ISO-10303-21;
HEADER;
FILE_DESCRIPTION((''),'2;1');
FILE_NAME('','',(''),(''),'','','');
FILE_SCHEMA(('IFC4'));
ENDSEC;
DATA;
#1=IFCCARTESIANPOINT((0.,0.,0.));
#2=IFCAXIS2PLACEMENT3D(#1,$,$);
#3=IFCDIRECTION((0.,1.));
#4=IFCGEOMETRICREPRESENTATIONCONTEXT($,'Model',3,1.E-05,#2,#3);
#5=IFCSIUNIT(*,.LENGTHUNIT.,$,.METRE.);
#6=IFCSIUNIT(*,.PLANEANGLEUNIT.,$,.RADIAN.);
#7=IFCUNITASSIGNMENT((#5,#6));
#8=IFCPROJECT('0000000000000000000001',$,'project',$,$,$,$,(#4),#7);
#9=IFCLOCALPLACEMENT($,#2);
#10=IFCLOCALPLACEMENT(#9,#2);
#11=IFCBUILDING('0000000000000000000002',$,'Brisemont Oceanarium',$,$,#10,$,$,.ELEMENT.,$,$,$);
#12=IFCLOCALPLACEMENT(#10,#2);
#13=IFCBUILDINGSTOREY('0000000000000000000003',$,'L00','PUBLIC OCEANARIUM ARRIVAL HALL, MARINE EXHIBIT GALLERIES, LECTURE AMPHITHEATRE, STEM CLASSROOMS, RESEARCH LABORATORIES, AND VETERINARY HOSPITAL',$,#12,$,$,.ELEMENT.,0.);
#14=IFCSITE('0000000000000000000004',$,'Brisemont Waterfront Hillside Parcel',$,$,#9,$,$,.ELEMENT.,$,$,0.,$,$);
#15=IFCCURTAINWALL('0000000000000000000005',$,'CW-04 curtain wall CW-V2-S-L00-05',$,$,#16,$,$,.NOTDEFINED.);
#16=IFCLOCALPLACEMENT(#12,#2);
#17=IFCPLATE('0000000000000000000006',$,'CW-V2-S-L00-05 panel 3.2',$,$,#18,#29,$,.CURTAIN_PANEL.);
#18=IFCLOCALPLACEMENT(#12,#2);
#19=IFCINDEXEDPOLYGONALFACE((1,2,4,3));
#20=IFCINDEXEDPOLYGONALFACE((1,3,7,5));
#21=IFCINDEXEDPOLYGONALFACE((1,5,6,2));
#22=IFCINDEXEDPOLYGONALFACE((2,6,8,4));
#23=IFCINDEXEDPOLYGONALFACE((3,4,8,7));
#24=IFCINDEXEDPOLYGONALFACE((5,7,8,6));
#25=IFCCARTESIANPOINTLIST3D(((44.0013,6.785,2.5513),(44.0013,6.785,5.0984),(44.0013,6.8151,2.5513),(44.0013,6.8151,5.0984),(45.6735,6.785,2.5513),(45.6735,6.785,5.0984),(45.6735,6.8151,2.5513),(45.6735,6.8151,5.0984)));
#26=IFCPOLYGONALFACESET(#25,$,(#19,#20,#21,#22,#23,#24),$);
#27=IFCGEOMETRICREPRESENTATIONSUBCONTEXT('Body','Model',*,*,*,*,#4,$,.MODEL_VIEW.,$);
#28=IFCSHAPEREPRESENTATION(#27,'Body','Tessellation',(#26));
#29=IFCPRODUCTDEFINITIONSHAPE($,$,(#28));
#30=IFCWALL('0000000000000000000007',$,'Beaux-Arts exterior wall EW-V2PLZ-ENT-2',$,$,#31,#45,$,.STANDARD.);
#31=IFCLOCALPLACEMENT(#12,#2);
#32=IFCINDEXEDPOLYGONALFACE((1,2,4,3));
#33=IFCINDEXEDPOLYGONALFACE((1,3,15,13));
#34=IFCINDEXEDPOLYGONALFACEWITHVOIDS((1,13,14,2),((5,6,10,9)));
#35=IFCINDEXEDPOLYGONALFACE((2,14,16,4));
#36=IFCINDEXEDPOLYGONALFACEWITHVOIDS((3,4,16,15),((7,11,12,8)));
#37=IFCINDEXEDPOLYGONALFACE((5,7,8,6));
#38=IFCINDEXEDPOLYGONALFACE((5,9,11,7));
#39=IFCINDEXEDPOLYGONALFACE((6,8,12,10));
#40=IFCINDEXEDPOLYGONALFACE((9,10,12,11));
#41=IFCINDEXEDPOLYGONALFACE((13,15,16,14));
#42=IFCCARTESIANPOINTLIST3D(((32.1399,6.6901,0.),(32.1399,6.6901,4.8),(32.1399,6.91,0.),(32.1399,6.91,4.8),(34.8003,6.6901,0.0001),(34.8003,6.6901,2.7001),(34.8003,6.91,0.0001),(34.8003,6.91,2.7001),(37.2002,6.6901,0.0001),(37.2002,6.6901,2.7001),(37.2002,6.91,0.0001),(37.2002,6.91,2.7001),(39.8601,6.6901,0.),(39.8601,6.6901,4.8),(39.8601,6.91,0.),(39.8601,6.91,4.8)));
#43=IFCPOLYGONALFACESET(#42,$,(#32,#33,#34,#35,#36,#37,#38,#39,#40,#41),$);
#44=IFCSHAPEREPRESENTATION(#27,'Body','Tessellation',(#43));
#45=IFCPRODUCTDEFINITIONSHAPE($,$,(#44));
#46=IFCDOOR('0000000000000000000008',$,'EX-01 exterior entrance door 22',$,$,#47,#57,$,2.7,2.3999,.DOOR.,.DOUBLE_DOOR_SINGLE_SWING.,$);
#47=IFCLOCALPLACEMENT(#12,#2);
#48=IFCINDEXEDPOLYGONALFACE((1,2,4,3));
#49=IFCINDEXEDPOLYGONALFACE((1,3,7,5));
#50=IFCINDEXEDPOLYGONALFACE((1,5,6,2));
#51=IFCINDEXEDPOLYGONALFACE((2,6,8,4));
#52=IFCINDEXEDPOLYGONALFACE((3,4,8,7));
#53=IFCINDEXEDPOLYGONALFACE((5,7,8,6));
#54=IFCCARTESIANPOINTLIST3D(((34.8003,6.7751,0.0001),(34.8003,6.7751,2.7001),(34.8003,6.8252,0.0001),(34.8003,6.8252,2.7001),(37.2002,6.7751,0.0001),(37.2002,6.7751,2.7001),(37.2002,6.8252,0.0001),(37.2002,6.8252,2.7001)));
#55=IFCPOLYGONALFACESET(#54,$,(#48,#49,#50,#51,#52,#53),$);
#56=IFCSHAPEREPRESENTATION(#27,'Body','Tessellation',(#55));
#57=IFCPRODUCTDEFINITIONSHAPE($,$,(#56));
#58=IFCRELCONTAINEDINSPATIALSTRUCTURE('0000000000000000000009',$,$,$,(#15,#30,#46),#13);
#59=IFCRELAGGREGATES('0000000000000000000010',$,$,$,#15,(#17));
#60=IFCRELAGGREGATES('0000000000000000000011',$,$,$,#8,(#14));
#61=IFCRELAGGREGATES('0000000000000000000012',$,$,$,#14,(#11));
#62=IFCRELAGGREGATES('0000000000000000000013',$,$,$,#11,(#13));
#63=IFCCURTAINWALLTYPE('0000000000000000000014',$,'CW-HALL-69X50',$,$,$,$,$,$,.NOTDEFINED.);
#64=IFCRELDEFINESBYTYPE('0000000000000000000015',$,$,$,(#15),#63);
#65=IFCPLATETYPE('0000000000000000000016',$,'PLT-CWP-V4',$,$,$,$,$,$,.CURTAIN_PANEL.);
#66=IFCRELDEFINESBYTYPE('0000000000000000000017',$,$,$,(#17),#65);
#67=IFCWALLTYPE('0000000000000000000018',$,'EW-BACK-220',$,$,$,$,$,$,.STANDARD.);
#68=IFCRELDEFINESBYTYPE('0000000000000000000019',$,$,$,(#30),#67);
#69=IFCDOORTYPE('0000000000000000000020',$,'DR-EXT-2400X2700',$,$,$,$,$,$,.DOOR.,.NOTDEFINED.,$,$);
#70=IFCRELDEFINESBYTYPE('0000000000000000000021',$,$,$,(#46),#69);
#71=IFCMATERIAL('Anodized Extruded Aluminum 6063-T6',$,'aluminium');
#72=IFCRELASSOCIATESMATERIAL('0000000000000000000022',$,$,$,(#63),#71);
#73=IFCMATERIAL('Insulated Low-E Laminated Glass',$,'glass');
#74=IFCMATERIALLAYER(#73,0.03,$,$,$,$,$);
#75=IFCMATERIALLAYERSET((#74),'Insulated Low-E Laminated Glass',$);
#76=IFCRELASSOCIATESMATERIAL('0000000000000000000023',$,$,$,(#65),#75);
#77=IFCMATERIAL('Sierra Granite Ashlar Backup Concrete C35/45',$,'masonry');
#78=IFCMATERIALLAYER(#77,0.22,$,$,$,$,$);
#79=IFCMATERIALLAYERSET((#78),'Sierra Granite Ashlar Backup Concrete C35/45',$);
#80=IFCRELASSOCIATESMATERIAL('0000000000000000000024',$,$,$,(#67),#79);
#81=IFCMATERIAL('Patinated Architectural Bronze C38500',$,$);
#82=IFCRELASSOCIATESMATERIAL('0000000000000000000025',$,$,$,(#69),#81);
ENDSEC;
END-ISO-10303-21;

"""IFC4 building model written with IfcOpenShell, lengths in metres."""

from ifc_helpers import new_model, si_unit, direction, frame, frame_2d, origin, origin_2d, place, context, subcontext, project, spatial, rectangle, extrude, material, layer, layer_set, type_object, element, fill, aggregate, save


model = new_model("IFC4")

# Units and contexts
model_context = context("Model", 3, precision=1e-05, world=origin(), true_north=direction((0.0, 1.0)))
body_context = subcontext(model_context, "Body", "Model", "MODEL_VIEW")
ifc_project = project(units=[si_unit("LENGTHUNIT", "METRE"), si_unit("PLANEANGLEUNIT", "RADIAN")], contexts=[model_context])

# Site, building, storey
site_placement = place(None, origin())
site = spatial("IfcSite", under=ifc_project, at=site_placement, Name="Brisemont Waterfront Hillside Parcel", CompositionType="ELEMENT", RefElevation=0.0)
building_placement = place(site_placement, origin())
building = spatial("IfcBuilding", under=site, at=building_placement, Name="Brisemont Oceanarium", CompositionType="ELEMENT")
storey_placement = place(building_placement, origin())
storey = spatial("IfcBuildingStorey", under=building, at=storey_placement, Name="L00", Description="PUBLIC OCEANARIUM ARRIVAL HALL, MARINE EXHIBIT GALLERIES, LECTURE AMPHITHEATRE, STEM CLASSROOMS, RESEARCH LABORATORIES, AND VETERINARY HOSPITAL", CompositionType="ELEMENT", Elevation=0.0)

# Curtain wall
ifc_material_1 = material(Name="Anodized Extruded Aluminum 6063-T6", Category="aluminium")
curtain_wall_type = type_object("IfcCurtainWallType", Name="CW-HALL-69X50", PredefinedType="NOTDEFINED", material=ifc_material_1)
curtain_wall_1_placement = place(storey_placement, origin())
curtain_wall_1 = element("IfcCurtainWall", 1, at=curtain_wall_1_placement, inside=storey, type_object=curtain_wall_type, Name="CW-04 curtain wall CW-V2-S-L00-05", PredefinedType="NOTDEFINED")

# Plate
ifc_material_2 = material(Name="Insulated Low-E Laminated Glass", Category="glass")
ifc_layer_1 = layer(ifc_material_2, 0.03)
ifc_layer_set_1 = layer_set([ifc_layer_1], Name="Insulated Low-E Laminated Glass")
plate_type = type_object("IfcPlateType", Name="PLT-CWP-V4", PredefinedType="CURTAIN_PANEL", material=ifc_layer_set_1)
plate_1_placement = place(storey_placement, frame((44.8374, 6.8, 2.5513), z_axis=(0.0, 0.0, 1.0), x_axis=(1.0, 0.0, 0.0)))
plate_1 = element("IfcPlate", 2, at=plate_1_placement, type_object=plate_type, Name="CW-V2-S-L00-05 panel 3.2", PredefinedType="CURTAIN_PANEL", context=body_context, shape_type="SweptSolid", body=[
    extrude(rectangle(XDim=1.6721, YDim=0.03, at=origin_2d()), origin(), (0.0, 0.0, 1.0), 2.5471),
])
aggregate(curtain_wall_1, [plate_1])

# Wall, opening, door
ifc_material_3 = material(Name="Sierra Granite Ashlar Backup Concrete C35/45", Category="masonry")
ifc_layer_2 = layer(ifc_material_3, 0.22)
ifc_layer_set_2 = layer_set([ifc_layer_2], Name="Sierra Granite Ashlar Backup Concrete C35/45")
wall_type = type_object("IfcWallType", Name="EW-BACK-220", PredefinedType="STANDARD", material=ifc_layer_set_2)
wall_placement = place(storey_placement, frame((39.8601, 6.8, 0.0), z_axis=(0.0, 0.0, 1.0), x_axis=(-1.0, 0.0, 0.0)))
wall = element("IfcWall", 3, at=wall_placement, inside=storey, type_object=wall_type, Name="Beaux-Arts exterior wall EW-V2PLZ-ENT-2", PredefinedType="STANDARD", context=body_context, shape_type="SweptSolid", body=[
    extrude(rectangle(XDim=7.7202, YDim=0.22, at=frame_2d((3.8601, 0.0))), origin(), (0.0, 0.0, 1.0), 4.8),
])
opening_placement = place(wall_placement, frame((2.6599, 0.0, 0.0)))
opening = element("IfcOpeningElement", 4, at=opening_placement, cuts=wall, PredefinedType="OPENING", context=body_context, shape_type="SweptSolid", body=[
    extrude(rectangle(XDim=2.3999, YDim=2.7, at=frame_2d((1.2, 1.3501))), frame((0.0, 0.1199, 0.0), z_axis=(0.0, -1.0, 0.0), x_axis=(1.0, 0.0, 0.0)), (0.0, 0.0, 1.0), 0.24),
])
ifc_material_4 = material(Name="Patinated Architectural Bronze C38500")
door_type = type_object("IfcDoorType", Name="DR-EXT-2400X2700", OperationType="NOTDEFINED", PredefinedType="DOOR", material=ifc_material_4)
door_placement = place(opening_placement, origin())
door = element("IfcDoor", 5, at=door_placement, inside=storey, type_object=door_type, Name="EX-01 exterior entrance door 22", OperationType="DOUBLE_DOOR_SINGLE_SWING", OverallHeight=2.7, OverallWidth=2.3999, PredefinedType="DOOR", context=body_context, shape_type="SweptSolid", body=[
    extrude(rectangle(XDim=2.3999, YDim=2.7, at=frame_2d((1.2, 1.3501))), frame((0.0, 0.0249, 0.0), z_axis=(0.0, -1.0, 0.0), x_axis=(1.0, 0.0, 0.0)), (0.0, 0.0, 1.0), 0.05),
])
fill(opening, door)

save(model, "model.ifc")
